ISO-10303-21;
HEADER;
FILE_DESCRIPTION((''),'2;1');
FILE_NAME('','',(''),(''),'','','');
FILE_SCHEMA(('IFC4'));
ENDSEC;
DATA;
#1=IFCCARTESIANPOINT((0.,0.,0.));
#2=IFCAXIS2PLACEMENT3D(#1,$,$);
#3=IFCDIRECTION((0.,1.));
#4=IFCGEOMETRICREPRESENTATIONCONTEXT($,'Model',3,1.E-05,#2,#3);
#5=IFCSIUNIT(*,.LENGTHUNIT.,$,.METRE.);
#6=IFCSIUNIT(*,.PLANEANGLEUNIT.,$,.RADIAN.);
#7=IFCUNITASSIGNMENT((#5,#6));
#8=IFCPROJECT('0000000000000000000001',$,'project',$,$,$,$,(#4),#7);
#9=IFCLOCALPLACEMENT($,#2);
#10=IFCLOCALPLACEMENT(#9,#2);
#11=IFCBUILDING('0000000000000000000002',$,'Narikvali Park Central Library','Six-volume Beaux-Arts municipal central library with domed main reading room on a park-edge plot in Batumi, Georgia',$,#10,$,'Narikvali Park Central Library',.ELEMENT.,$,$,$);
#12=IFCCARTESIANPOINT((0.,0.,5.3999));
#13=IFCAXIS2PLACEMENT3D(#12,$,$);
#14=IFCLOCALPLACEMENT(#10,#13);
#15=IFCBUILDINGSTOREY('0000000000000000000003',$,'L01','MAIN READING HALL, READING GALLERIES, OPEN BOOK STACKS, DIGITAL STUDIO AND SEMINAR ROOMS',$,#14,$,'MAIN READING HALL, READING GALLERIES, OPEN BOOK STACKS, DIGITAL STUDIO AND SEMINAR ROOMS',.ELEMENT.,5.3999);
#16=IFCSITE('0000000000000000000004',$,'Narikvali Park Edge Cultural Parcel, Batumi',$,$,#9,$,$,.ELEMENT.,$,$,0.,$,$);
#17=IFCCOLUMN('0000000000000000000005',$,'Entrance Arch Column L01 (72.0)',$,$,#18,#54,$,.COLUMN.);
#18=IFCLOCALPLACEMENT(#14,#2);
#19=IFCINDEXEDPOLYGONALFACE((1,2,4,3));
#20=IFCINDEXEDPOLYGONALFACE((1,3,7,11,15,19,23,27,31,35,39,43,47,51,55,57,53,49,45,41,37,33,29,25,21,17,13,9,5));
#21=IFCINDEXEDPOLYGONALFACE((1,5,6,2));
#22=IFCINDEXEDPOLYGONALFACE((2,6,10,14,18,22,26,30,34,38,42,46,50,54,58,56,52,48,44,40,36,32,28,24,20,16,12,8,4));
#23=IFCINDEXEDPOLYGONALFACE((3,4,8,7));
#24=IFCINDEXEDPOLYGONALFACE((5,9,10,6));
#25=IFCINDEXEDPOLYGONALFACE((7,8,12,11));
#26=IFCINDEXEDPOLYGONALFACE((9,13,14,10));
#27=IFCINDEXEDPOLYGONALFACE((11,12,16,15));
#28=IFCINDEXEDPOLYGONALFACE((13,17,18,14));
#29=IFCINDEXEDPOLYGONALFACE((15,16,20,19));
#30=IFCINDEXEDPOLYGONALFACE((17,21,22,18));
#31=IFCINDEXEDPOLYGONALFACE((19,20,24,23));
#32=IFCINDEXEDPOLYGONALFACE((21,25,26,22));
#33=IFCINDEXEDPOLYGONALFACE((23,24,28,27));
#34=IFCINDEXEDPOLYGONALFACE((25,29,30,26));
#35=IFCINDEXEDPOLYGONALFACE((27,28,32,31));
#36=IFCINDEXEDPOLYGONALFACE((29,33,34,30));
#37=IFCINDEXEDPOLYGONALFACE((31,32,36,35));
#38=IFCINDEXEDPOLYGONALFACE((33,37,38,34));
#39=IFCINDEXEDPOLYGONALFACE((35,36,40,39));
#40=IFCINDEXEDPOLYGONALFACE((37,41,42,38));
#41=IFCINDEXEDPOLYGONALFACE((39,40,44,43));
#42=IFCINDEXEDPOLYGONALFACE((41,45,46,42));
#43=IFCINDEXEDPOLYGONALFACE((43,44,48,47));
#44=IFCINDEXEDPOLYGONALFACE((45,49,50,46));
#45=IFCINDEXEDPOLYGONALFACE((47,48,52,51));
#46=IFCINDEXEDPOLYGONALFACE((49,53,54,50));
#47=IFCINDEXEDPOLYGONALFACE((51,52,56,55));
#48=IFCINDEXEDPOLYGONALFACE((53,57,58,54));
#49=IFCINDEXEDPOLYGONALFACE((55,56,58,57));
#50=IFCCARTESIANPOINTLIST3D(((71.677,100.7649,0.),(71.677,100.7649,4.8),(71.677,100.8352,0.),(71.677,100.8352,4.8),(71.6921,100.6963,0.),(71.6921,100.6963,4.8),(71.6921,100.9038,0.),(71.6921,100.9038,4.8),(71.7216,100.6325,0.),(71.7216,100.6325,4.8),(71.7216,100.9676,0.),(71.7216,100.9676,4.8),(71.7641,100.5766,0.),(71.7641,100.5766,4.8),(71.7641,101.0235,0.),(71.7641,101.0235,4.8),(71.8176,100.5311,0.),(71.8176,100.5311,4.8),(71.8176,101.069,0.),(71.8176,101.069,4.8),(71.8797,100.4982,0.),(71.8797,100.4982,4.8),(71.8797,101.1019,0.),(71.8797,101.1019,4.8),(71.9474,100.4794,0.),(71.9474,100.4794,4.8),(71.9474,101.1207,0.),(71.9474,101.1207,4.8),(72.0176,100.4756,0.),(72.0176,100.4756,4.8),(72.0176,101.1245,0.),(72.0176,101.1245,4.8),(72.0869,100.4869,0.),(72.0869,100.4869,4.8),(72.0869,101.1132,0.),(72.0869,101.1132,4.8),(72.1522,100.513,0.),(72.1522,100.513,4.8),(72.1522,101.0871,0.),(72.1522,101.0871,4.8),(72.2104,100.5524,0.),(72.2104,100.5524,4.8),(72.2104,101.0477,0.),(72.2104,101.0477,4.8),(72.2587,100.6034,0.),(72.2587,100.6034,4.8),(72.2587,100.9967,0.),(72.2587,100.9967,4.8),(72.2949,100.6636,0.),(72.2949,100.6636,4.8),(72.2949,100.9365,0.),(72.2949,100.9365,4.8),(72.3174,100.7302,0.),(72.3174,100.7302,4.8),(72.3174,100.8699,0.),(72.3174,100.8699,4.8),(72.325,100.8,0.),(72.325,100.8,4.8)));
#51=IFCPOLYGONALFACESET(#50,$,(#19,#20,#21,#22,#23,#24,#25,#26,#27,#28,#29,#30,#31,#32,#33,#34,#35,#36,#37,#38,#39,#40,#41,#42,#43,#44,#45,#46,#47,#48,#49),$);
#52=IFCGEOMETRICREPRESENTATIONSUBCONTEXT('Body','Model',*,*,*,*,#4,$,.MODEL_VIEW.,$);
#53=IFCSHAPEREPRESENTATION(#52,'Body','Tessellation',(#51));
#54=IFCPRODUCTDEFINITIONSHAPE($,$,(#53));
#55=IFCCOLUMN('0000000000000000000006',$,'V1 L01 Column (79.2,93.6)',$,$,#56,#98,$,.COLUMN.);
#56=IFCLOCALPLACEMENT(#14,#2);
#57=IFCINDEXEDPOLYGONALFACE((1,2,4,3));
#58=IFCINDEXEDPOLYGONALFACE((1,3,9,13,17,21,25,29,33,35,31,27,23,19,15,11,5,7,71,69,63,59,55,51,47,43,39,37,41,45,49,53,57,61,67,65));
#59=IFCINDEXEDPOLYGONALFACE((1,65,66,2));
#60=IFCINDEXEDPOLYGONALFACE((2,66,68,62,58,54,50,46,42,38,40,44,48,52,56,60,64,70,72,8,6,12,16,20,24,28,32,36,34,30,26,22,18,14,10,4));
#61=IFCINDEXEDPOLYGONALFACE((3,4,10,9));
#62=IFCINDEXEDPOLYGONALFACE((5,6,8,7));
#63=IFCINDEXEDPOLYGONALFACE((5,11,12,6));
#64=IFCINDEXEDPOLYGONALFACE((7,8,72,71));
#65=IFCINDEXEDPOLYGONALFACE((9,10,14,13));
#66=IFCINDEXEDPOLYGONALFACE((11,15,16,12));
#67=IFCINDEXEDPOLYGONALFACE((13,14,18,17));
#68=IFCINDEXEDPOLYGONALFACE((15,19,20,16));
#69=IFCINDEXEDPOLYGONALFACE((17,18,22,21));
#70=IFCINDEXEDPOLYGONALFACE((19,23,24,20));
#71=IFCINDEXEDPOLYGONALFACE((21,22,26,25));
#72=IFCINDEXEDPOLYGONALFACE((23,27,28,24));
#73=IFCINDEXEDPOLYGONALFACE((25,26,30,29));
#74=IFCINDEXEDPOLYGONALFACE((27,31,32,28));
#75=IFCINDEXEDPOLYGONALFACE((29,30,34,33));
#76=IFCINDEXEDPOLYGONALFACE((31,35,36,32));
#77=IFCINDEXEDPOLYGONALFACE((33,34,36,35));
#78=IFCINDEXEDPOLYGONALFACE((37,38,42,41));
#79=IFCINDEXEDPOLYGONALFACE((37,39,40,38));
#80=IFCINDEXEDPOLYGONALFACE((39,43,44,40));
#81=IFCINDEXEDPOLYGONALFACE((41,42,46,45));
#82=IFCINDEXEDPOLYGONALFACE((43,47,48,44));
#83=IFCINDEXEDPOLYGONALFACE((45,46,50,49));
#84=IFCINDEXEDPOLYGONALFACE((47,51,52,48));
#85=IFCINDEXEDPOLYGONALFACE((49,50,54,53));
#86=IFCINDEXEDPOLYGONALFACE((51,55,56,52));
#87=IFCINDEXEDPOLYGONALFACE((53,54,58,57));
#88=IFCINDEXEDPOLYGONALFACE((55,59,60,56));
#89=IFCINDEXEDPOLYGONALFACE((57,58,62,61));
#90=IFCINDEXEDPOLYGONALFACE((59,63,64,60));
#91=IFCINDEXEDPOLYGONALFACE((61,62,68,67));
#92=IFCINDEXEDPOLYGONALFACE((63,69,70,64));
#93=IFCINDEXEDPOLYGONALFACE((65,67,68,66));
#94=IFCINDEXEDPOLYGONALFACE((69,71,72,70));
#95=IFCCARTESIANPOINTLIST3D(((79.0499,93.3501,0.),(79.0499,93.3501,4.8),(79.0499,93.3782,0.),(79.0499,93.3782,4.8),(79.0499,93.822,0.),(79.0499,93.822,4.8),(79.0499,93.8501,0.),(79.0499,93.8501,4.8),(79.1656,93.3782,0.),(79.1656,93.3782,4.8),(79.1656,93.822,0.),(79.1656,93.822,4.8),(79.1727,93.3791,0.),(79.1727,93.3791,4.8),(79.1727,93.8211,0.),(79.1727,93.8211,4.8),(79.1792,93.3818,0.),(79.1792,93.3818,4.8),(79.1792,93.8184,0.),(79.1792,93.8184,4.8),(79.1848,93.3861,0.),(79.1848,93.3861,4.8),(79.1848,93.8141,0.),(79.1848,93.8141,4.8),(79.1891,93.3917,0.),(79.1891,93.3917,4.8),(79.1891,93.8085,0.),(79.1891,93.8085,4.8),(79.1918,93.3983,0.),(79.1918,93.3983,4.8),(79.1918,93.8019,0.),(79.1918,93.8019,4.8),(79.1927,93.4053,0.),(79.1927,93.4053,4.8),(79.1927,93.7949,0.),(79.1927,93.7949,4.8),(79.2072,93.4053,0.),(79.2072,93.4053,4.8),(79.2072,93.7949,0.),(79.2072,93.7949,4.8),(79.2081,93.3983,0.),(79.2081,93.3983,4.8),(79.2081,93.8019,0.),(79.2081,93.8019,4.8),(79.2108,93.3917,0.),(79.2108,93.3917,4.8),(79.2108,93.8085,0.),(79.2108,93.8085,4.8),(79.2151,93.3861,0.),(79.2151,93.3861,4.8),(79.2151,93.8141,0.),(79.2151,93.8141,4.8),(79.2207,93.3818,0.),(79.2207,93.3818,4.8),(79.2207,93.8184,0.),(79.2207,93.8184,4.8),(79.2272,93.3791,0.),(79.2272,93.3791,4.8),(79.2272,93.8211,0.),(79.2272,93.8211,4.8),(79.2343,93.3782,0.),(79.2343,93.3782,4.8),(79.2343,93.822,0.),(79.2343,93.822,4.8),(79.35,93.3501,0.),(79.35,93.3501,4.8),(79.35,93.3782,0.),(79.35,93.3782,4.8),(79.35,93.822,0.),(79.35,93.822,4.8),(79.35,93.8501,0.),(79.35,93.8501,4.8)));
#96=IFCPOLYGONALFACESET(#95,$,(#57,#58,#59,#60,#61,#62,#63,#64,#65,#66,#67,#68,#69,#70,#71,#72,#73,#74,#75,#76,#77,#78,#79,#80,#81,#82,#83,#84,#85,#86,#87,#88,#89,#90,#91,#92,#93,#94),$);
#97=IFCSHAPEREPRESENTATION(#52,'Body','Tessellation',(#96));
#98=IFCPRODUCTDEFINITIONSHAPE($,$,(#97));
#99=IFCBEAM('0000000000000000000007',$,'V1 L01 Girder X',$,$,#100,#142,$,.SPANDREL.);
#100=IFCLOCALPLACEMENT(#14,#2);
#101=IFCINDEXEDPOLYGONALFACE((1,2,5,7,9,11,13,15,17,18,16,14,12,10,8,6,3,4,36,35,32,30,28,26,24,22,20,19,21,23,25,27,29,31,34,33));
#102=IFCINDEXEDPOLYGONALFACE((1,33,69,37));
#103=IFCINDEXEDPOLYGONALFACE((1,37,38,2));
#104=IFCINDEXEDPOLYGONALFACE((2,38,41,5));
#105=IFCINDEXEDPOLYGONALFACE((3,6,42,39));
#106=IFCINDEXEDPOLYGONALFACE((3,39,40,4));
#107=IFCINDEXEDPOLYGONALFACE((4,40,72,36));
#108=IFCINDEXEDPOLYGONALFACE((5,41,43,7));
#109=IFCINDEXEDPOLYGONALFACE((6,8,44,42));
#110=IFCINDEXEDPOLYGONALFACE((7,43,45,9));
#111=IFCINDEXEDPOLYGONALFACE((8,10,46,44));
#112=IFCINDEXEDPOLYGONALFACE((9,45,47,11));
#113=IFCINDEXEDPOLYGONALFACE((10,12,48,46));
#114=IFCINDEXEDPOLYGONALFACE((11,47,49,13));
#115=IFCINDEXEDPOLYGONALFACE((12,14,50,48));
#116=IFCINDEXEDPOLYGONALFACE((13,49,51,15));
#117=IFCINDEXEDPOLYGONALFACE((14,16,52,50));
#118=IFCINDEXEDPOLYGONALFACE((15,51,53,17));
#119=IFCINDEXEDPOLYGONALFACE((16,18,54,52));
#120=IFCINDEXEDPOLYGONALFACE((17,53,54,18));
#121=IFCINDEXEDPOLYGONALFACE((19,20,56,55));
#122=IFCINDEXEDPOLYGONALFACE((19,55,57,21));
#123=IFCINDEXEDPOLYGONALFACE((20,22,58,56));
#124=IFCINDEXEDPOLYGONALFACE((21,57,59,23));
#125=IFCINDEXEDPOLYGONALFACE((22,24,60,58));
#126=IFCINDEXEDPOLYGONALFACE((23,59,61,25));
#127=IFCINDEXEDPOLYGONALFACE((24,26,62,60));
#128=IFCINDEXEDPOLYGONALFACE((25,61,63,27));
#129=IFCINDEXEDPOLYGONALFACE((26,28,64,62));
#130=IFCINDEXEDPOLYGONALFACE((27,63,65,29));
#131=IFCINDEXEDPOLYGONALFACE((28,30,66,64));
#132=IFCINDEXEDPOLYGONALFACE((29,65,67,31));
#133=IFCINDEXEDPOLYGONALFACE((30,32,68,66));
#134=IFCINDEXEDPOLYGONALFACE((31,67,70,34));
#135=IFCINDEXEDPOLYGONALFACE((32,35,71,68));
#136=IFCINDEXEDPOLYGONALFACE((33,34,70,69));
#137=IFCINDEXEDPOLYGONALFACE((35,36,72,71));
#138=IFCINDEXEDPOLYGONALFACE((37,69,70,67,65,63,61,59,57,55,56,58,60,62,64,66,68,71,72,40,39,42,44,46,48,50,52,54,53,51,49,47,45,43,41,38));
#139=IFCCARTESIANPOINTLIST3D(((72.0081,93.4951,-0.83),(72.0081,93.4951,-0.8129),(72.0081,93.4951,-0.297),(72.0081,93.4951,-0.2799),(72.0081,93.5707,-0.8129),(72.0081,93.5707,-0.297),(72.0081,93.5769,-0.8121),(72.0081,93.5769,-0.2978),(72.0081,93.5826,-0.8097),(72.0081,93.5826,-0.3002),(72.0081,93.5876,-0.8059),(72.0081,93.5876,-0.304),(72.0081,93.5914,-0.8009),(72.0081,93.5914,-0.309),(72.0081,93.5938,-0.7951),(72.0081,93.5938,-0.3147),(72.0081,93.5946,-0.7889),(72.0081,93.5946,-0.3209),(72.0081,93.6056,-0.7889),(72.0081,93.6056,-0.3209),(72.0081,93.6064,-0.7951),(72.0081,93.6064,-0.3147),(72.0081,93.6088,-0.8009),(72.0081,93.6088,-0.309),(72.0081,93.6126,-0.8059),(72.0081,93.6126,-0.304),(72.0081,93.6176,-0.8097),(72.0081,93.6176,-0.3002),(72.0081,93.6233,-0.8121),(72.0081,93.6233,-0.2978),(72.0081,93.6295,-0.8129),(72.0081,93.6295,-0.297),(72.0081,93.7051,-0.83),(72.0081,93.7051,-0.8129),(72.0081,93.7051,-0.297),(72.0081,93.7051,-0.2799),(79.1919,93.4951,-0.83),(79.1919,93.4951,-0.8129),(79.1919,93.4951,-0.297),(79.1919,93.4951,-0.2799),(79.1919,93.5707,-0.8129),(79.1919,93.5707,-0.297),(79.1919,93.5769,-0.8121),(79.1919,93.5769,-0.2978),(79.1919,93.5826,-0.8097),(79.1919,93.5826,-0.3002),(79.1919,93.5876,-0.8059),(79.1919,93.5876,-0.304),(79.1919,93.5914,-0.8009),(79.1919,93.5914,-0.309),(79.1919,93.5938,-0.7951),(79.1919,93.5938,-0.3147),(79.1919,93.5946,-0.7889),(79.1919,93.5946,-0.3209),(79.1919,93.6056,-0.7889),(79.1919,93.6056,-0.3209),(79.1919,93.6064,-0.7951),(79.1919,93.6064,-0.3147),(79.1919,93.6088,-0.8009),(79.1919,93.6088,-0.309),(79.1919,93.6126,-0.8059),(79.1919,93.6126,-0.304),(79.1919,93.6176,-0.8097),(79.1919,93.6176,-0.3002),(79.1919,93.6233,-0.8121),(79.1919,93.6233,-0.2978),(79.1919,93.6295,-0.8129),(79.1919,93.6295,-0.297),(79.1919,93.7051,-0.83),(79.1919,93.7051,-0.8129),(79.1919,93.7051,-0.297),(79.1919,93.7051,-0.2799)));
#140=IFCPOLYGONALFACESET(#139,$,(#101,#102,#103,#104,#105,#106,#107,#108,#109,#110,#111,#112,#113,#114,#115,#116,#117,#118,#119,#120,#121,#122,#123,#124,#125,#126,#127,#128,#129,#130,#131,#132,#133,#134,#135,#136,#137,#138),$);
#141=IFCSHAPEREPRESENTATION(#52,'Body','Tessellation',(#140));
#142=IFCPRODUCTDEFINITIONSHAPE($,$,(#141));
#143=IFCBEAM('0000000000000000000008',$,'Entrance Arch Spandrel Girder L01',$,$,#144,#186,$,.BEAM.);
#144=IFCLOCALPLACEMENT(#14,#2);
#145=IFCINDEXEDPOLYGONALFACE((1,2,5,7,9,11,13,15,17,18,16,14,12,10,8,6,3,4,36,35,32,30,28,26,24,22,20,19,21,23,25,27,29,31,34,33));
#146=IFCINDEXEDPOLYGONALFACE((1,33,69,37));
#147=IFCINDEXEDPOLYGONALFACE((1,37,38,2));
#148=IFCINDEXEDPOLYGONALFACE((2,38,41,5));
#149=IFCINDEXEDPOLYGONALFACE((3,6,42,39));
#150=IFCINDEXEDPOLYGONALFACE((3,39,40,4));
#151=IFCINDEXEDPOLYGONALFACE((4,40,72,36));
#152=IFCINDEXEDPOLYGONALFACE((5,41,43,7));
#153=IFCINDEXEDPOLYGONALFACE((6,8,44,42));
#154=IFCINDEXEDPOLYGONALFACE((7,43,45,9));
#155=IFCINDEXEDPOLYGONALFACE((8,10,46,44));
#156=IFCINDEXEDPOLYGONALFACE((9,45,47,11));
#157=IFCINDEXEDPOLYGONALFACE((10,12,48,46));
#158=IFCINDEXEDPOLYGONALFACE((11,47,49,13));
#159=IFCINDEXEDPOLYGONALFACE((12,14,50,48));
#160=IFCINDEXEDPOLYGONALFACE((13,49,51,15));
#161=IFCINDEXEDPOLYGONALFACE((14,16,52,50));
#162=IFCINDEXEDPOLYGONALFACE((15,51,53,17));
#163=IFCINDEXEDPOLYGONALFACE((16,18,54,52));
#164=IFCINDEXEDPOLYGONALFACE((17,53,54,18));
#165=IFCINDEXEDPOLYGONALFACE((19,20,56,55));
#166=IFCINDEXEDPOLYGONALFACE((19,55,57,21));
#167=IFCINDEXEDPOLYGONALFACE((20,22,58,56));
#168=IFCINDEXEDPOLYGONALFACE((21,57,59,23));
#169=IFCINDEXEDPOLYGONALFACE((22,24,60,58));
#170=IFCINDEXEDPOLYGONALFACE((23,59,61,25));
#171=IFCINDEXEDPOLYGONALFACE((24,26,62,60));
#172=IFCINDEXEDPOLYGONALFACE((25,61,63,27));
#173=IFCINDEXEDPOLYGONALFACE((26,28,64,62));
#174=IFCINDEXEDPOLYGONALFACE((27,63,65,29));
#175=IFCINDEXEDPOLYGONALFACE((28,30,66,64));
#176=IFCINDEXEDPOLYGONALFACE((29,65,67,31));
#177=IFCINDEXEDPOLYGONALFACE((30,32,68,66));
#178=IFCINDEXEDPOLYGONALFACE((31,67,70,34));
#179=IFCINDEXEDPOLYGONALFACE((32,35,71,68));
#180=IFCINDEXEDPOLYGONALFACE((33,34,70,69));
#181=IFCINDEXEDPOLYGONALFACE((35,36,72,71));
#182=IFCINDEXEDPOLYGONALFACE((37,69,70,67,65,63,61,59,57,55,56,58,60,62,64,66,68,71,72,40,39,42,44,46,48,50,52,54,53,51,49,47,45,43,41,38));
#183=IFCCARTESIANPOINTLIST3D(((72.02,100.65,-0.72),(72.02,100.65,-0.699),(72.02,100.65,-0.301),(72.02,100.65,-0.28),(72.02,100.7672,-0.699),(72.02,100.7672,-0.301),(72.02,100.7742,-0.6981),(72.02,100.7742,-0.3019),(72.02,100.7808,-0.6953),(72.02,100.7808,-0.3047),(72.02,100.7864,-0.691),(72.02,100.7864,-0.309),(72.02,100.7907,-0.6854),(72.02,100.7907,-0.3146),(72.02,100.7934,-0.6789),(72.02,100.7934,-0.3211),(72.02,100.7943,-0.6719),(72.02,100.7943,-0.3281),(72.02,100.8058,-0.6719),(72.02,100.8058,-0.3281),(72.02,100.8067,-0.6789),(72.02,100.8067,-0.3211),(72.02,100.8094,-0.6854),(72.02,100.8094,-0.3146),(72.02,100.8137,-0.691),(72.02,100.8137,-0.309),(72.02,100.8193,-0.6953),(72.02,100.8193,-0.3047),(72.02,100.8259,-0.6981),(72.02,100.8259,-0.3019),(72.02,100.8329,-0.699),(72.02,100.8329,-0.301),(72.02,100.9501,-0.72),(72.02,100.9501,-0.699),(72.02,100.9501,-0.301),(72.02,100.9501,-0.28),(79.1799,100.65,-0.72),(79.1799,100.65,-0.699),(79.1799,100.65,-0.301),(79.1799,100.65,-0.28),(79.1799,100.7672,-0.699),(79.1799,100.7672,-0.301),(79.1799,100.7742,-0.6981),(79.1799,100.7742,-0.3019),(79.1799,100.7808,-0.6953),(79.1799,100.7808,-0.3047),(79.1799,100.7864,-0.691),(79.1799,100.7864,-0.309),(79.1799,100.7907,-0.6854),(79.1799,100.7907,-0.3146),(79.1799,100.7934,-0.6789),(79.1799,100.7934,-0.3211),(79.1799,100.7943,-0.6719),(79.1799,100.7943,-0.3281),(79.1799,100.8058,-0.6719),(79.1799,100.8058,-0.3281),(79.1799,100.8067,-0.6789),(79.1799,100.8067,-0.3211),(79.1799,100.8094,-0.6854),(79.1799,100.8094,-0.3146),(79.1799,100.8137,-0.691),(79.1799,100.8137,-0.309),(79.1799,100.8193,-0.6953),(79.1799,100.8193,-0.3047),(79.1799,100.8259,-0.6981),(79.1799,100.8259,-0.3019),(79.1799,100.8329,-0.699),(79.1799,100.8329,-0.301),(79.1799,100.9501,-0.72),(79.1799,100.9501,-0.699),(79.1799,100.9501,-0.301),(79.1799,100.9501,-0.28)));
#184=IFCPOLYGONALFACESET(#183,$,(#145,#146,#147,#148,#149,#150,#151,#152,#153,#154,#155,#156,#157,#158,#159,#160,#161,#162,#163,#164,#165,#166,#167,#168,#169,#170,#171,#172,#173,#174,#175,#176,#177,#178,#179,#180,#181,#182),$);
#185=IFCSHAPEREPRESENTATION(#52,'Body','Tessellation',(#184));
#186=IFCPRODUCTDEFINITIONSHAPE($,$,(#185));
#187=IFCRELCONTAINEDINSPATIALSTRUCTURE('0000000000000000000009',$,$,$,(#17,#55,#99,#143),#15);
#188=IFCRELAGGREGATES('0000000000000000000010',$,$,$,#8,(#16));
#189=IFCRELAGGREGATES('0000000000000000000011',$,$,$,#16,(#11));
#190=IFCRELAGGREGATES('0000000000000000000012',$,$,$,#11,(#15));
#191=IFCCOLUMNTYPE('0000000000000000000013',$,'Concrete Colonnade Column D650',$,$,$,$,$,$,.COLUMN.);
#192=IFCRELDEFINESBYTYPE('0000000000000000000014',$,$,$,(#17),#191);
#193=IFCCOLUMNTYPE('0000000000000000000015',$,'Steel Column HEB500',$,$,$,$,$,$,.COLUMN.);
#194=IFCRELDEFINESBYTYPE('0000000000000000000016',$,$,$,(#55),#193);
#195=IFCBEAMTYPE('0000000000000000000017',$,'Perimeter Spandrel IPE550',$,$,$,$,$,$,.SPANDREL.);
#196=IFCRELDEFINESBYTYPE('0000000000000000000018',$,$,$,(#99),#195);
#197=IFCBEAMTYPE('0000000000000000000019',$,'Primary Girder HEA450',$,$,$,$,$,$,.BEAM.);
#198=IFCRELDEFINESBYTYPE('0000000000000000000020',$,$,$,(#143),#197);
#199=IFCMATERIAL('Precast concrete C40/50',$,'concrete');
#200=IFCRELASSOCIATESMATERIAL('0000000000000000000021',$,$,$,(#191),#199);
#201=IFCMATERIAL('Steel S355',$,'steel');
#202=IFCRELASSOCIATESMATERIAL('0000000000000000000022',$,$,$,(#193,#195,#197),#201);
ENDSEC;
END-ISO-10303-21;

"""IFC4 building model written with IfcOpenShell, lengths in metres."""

from ifc_helpers import new_model, si_unit, direction, frame, origin, origin_2d, place, context, subcontext, project, spatial, circle, i_section, extrude, material, material_profile, profile_set, type_object, element, save


model = new_model("IFC4")

# Units and contexts
model_context = context("Model", 3, precision=1e-05, world=origin(), true_north=direction((0.0, 1.0)))
body_context = subcontext(model_context, "Body", "Model", "MODEL_VIEW")
ifc_project = project(units=[si_unit("LENGTHUNIT", "METRE"), si_unit("PLANEANGLEUNIT", "RADIAN")], contexts=[model_context])

# Site, building, storey
site_placement = place(None, origin())
site = spatial("IfcSite", under=ifc_project, at=site_placement, Name="Narikvali Park Edge Cultural Parcel, Batumi", CompositionType="ELEMENT", RefElevation=0.0)
building_placement = place(site_placement, origin())
building = spatial("IfcBuilding", under=site, at=building_placement, Name="Narikvali Park Central Library", Description="Six-volume Beaux-Arts municipal central library with domed main reading room on a park-edge plot in Batumi, Georgia", LongName="Narikvali Park Central Library", CompositionType="ELEMENT")
storey_placement = place(building_placement, frame((0.0, 0.0, 5.3999)))
storey = spatial("IfcBuildingStorey", under=building, at=storey_placement, Name="L01", Description="MAIN READING HALL, READING GALLERIES, OPEN BOOK STACKS, DIGITAL STUDIO AND SEMINAR ROOMS", LongName="MAIN READING HALL, READING GALLERIES, OPEN BOOK STACKS, DIGITAL STUDIO AND SEMINAR ROOMS", CompositionType="ELEMENT", Elevation=5.3999)

# Columns
ifc_material_1 = material(Name="Precast concrete C40/50", Category="concrete")
ifc_material_profile_1 = material_profile(ifc_material_1, circle(Radius=0.325, at=origin_2d()), Name="COL D650")
ifc_profile_set_1 = profile_set([ifc_material_profile_1], Name="Precast concrete C40/50")
column_type_1 = type_object("IfcColumnType", Name="Concrete Colonnade Column D650", PredefinedType="COLUMN", material=ifc_profile_set_1)
column_1_placement = place(storey_placement, frame((72.0, 100.8, 0.0), z_axis=(0.0, 0.0, 1.0), x_axis=(1.0, 0.0, 0.0)))
element("IfcColumn", 1, at=column_1_placement, inside=storey, type_object=column_type_1, Name="Entrance Arch Column L01 (72.0)", PredefinedType="COLUMN", context=body_context, shape_type="SweptSolid", body=[
    extrude(circle(Radius=0.325, at=origin_2d()), origin(), (0.0, 0.0, 1.0), 4.8),
])
ifc_material_2 = material(Name="Steel S355", Category="steel")
ifc_material_profile_2 = material_profile(ifc_material_2, i_section(OverallWidth=0.3, OverallDepth=0.5, WebThickness=0.0144, FlangeThickness=0.0281, FilletRadius=0.0271, at=origin_2d()), Name="HEB 500")
ifc_profile_set_2 = profile_set([ifc_material_profile_2], Name="Steel S355")
column_type_2 = type_object("IfcColumnType", Name="Steel Column HEB500", PredefinedType="COLUMN", material=ifc_profile_set_2)
column_2_placement = place(storey_placement, frame((79.2, 93.6001, 0.0), z_axis=(0.0, 0.0, 1.0), x_axis=(1.0, 0.0, 0.0)))
element("IfcColumn", 2, at=column_2_placement, inside=storey, type_object=column_type_2, Name="V1 L01 Column (79.2,93.6)", PredefinedType="COLUMN", context=body_context, shape_type="SweptSolid", body=[
    extrude(i_section(OverallWidth=0.3, OverallDepth=0.5, WebThickness=0.0144, FlangeThickness=0.0281, FilletRadius=0.0271, at=origin_2d()), origin(), (0.0, 0.0, 1.0), 4.8),
])

# Beams
ifc_material_profile_3 = material_profile(ifc_material_2, i_section(OverallWidth=0.21, OverallDepth=0.55, WebThickness=0.011, FlangeThickness=0.0171, FilletRadius=0.0239, at=origin_2d()), Name="IPE 550")
ifc_profile_set_3 = profile_set([ifc_material_profile_3], Name="Steel S355")
beam_type_1 = type_object("IfcBeamType", Name="Perimeter Spandrel IPE550", PredefinedType="SPANDREL", material=ifc_profile_set_3)
beam_1_placement = place(storey_placement, frame((72.0081, 93.6001, -0.5549), z_axis=(1.0, 0.0, 0.0), x_axis=(0.0, 1.0, 0.0)))
element("IfcBeam", 3, at=beam_1_placement, inside=storey, type_object=beam_type_1, Name="V1 L01 Girder X", PredefinedType="SPANDREL", context=body_context, shape_type="SweptSolid", body=[
    extrude(i_section(OverallWidth=0.21, OverallDepth=0.55, WebThickness=0.011, FlangeThickness=0.0171, FilletRadius=0.0239, at=origin_2d()), origin(), (0.0, 0.0, 1.0), 7.1838),
])
ifc_material_profile_4 = material_profile(ifc_material_2, i_section(OverallWidth=0.3, OverallDepth=0.4399, WebThickness=0.0115, FlangeThickness=0.021, FilletRadius=0.0271, at=origin_2d()), Name="HEA 450")
ifc_profile_set_4 = profile_set([ifc_material_profile_4], Name="Steel S355")
beam_type_2 = type_object("IfcBeamType", Name="Primary Girder HEA450", PredefinedType="BEAM", material=ifc_profile_set_4)
beam_2_placement = place(storey_placement, frame((72.02, 100.8, -0.5), z_axis=(1.0, 0.0, 0.0), x_axis=(0.0, 1.0, 0.0)))
element("IfcBeam", 4, at=beam_2_placement, inside=storey, type_object=beam_type_2, Name="Entrance Arch Spandrel Girder L01", PredefinedType="BEAM", context=body_context, shape_type="SweptSolid", body=[
    extrude(i_section(OverallWidth=0.3, OverallDepth=0.4399, WebThickness=0.0115, FlangeThickness=0.021, FilletRadius=0.0271, at=origin_2d()), origin(), (0.0, 0.0, 1.0), 7.1599),
])

save(model, "model.ifc")
